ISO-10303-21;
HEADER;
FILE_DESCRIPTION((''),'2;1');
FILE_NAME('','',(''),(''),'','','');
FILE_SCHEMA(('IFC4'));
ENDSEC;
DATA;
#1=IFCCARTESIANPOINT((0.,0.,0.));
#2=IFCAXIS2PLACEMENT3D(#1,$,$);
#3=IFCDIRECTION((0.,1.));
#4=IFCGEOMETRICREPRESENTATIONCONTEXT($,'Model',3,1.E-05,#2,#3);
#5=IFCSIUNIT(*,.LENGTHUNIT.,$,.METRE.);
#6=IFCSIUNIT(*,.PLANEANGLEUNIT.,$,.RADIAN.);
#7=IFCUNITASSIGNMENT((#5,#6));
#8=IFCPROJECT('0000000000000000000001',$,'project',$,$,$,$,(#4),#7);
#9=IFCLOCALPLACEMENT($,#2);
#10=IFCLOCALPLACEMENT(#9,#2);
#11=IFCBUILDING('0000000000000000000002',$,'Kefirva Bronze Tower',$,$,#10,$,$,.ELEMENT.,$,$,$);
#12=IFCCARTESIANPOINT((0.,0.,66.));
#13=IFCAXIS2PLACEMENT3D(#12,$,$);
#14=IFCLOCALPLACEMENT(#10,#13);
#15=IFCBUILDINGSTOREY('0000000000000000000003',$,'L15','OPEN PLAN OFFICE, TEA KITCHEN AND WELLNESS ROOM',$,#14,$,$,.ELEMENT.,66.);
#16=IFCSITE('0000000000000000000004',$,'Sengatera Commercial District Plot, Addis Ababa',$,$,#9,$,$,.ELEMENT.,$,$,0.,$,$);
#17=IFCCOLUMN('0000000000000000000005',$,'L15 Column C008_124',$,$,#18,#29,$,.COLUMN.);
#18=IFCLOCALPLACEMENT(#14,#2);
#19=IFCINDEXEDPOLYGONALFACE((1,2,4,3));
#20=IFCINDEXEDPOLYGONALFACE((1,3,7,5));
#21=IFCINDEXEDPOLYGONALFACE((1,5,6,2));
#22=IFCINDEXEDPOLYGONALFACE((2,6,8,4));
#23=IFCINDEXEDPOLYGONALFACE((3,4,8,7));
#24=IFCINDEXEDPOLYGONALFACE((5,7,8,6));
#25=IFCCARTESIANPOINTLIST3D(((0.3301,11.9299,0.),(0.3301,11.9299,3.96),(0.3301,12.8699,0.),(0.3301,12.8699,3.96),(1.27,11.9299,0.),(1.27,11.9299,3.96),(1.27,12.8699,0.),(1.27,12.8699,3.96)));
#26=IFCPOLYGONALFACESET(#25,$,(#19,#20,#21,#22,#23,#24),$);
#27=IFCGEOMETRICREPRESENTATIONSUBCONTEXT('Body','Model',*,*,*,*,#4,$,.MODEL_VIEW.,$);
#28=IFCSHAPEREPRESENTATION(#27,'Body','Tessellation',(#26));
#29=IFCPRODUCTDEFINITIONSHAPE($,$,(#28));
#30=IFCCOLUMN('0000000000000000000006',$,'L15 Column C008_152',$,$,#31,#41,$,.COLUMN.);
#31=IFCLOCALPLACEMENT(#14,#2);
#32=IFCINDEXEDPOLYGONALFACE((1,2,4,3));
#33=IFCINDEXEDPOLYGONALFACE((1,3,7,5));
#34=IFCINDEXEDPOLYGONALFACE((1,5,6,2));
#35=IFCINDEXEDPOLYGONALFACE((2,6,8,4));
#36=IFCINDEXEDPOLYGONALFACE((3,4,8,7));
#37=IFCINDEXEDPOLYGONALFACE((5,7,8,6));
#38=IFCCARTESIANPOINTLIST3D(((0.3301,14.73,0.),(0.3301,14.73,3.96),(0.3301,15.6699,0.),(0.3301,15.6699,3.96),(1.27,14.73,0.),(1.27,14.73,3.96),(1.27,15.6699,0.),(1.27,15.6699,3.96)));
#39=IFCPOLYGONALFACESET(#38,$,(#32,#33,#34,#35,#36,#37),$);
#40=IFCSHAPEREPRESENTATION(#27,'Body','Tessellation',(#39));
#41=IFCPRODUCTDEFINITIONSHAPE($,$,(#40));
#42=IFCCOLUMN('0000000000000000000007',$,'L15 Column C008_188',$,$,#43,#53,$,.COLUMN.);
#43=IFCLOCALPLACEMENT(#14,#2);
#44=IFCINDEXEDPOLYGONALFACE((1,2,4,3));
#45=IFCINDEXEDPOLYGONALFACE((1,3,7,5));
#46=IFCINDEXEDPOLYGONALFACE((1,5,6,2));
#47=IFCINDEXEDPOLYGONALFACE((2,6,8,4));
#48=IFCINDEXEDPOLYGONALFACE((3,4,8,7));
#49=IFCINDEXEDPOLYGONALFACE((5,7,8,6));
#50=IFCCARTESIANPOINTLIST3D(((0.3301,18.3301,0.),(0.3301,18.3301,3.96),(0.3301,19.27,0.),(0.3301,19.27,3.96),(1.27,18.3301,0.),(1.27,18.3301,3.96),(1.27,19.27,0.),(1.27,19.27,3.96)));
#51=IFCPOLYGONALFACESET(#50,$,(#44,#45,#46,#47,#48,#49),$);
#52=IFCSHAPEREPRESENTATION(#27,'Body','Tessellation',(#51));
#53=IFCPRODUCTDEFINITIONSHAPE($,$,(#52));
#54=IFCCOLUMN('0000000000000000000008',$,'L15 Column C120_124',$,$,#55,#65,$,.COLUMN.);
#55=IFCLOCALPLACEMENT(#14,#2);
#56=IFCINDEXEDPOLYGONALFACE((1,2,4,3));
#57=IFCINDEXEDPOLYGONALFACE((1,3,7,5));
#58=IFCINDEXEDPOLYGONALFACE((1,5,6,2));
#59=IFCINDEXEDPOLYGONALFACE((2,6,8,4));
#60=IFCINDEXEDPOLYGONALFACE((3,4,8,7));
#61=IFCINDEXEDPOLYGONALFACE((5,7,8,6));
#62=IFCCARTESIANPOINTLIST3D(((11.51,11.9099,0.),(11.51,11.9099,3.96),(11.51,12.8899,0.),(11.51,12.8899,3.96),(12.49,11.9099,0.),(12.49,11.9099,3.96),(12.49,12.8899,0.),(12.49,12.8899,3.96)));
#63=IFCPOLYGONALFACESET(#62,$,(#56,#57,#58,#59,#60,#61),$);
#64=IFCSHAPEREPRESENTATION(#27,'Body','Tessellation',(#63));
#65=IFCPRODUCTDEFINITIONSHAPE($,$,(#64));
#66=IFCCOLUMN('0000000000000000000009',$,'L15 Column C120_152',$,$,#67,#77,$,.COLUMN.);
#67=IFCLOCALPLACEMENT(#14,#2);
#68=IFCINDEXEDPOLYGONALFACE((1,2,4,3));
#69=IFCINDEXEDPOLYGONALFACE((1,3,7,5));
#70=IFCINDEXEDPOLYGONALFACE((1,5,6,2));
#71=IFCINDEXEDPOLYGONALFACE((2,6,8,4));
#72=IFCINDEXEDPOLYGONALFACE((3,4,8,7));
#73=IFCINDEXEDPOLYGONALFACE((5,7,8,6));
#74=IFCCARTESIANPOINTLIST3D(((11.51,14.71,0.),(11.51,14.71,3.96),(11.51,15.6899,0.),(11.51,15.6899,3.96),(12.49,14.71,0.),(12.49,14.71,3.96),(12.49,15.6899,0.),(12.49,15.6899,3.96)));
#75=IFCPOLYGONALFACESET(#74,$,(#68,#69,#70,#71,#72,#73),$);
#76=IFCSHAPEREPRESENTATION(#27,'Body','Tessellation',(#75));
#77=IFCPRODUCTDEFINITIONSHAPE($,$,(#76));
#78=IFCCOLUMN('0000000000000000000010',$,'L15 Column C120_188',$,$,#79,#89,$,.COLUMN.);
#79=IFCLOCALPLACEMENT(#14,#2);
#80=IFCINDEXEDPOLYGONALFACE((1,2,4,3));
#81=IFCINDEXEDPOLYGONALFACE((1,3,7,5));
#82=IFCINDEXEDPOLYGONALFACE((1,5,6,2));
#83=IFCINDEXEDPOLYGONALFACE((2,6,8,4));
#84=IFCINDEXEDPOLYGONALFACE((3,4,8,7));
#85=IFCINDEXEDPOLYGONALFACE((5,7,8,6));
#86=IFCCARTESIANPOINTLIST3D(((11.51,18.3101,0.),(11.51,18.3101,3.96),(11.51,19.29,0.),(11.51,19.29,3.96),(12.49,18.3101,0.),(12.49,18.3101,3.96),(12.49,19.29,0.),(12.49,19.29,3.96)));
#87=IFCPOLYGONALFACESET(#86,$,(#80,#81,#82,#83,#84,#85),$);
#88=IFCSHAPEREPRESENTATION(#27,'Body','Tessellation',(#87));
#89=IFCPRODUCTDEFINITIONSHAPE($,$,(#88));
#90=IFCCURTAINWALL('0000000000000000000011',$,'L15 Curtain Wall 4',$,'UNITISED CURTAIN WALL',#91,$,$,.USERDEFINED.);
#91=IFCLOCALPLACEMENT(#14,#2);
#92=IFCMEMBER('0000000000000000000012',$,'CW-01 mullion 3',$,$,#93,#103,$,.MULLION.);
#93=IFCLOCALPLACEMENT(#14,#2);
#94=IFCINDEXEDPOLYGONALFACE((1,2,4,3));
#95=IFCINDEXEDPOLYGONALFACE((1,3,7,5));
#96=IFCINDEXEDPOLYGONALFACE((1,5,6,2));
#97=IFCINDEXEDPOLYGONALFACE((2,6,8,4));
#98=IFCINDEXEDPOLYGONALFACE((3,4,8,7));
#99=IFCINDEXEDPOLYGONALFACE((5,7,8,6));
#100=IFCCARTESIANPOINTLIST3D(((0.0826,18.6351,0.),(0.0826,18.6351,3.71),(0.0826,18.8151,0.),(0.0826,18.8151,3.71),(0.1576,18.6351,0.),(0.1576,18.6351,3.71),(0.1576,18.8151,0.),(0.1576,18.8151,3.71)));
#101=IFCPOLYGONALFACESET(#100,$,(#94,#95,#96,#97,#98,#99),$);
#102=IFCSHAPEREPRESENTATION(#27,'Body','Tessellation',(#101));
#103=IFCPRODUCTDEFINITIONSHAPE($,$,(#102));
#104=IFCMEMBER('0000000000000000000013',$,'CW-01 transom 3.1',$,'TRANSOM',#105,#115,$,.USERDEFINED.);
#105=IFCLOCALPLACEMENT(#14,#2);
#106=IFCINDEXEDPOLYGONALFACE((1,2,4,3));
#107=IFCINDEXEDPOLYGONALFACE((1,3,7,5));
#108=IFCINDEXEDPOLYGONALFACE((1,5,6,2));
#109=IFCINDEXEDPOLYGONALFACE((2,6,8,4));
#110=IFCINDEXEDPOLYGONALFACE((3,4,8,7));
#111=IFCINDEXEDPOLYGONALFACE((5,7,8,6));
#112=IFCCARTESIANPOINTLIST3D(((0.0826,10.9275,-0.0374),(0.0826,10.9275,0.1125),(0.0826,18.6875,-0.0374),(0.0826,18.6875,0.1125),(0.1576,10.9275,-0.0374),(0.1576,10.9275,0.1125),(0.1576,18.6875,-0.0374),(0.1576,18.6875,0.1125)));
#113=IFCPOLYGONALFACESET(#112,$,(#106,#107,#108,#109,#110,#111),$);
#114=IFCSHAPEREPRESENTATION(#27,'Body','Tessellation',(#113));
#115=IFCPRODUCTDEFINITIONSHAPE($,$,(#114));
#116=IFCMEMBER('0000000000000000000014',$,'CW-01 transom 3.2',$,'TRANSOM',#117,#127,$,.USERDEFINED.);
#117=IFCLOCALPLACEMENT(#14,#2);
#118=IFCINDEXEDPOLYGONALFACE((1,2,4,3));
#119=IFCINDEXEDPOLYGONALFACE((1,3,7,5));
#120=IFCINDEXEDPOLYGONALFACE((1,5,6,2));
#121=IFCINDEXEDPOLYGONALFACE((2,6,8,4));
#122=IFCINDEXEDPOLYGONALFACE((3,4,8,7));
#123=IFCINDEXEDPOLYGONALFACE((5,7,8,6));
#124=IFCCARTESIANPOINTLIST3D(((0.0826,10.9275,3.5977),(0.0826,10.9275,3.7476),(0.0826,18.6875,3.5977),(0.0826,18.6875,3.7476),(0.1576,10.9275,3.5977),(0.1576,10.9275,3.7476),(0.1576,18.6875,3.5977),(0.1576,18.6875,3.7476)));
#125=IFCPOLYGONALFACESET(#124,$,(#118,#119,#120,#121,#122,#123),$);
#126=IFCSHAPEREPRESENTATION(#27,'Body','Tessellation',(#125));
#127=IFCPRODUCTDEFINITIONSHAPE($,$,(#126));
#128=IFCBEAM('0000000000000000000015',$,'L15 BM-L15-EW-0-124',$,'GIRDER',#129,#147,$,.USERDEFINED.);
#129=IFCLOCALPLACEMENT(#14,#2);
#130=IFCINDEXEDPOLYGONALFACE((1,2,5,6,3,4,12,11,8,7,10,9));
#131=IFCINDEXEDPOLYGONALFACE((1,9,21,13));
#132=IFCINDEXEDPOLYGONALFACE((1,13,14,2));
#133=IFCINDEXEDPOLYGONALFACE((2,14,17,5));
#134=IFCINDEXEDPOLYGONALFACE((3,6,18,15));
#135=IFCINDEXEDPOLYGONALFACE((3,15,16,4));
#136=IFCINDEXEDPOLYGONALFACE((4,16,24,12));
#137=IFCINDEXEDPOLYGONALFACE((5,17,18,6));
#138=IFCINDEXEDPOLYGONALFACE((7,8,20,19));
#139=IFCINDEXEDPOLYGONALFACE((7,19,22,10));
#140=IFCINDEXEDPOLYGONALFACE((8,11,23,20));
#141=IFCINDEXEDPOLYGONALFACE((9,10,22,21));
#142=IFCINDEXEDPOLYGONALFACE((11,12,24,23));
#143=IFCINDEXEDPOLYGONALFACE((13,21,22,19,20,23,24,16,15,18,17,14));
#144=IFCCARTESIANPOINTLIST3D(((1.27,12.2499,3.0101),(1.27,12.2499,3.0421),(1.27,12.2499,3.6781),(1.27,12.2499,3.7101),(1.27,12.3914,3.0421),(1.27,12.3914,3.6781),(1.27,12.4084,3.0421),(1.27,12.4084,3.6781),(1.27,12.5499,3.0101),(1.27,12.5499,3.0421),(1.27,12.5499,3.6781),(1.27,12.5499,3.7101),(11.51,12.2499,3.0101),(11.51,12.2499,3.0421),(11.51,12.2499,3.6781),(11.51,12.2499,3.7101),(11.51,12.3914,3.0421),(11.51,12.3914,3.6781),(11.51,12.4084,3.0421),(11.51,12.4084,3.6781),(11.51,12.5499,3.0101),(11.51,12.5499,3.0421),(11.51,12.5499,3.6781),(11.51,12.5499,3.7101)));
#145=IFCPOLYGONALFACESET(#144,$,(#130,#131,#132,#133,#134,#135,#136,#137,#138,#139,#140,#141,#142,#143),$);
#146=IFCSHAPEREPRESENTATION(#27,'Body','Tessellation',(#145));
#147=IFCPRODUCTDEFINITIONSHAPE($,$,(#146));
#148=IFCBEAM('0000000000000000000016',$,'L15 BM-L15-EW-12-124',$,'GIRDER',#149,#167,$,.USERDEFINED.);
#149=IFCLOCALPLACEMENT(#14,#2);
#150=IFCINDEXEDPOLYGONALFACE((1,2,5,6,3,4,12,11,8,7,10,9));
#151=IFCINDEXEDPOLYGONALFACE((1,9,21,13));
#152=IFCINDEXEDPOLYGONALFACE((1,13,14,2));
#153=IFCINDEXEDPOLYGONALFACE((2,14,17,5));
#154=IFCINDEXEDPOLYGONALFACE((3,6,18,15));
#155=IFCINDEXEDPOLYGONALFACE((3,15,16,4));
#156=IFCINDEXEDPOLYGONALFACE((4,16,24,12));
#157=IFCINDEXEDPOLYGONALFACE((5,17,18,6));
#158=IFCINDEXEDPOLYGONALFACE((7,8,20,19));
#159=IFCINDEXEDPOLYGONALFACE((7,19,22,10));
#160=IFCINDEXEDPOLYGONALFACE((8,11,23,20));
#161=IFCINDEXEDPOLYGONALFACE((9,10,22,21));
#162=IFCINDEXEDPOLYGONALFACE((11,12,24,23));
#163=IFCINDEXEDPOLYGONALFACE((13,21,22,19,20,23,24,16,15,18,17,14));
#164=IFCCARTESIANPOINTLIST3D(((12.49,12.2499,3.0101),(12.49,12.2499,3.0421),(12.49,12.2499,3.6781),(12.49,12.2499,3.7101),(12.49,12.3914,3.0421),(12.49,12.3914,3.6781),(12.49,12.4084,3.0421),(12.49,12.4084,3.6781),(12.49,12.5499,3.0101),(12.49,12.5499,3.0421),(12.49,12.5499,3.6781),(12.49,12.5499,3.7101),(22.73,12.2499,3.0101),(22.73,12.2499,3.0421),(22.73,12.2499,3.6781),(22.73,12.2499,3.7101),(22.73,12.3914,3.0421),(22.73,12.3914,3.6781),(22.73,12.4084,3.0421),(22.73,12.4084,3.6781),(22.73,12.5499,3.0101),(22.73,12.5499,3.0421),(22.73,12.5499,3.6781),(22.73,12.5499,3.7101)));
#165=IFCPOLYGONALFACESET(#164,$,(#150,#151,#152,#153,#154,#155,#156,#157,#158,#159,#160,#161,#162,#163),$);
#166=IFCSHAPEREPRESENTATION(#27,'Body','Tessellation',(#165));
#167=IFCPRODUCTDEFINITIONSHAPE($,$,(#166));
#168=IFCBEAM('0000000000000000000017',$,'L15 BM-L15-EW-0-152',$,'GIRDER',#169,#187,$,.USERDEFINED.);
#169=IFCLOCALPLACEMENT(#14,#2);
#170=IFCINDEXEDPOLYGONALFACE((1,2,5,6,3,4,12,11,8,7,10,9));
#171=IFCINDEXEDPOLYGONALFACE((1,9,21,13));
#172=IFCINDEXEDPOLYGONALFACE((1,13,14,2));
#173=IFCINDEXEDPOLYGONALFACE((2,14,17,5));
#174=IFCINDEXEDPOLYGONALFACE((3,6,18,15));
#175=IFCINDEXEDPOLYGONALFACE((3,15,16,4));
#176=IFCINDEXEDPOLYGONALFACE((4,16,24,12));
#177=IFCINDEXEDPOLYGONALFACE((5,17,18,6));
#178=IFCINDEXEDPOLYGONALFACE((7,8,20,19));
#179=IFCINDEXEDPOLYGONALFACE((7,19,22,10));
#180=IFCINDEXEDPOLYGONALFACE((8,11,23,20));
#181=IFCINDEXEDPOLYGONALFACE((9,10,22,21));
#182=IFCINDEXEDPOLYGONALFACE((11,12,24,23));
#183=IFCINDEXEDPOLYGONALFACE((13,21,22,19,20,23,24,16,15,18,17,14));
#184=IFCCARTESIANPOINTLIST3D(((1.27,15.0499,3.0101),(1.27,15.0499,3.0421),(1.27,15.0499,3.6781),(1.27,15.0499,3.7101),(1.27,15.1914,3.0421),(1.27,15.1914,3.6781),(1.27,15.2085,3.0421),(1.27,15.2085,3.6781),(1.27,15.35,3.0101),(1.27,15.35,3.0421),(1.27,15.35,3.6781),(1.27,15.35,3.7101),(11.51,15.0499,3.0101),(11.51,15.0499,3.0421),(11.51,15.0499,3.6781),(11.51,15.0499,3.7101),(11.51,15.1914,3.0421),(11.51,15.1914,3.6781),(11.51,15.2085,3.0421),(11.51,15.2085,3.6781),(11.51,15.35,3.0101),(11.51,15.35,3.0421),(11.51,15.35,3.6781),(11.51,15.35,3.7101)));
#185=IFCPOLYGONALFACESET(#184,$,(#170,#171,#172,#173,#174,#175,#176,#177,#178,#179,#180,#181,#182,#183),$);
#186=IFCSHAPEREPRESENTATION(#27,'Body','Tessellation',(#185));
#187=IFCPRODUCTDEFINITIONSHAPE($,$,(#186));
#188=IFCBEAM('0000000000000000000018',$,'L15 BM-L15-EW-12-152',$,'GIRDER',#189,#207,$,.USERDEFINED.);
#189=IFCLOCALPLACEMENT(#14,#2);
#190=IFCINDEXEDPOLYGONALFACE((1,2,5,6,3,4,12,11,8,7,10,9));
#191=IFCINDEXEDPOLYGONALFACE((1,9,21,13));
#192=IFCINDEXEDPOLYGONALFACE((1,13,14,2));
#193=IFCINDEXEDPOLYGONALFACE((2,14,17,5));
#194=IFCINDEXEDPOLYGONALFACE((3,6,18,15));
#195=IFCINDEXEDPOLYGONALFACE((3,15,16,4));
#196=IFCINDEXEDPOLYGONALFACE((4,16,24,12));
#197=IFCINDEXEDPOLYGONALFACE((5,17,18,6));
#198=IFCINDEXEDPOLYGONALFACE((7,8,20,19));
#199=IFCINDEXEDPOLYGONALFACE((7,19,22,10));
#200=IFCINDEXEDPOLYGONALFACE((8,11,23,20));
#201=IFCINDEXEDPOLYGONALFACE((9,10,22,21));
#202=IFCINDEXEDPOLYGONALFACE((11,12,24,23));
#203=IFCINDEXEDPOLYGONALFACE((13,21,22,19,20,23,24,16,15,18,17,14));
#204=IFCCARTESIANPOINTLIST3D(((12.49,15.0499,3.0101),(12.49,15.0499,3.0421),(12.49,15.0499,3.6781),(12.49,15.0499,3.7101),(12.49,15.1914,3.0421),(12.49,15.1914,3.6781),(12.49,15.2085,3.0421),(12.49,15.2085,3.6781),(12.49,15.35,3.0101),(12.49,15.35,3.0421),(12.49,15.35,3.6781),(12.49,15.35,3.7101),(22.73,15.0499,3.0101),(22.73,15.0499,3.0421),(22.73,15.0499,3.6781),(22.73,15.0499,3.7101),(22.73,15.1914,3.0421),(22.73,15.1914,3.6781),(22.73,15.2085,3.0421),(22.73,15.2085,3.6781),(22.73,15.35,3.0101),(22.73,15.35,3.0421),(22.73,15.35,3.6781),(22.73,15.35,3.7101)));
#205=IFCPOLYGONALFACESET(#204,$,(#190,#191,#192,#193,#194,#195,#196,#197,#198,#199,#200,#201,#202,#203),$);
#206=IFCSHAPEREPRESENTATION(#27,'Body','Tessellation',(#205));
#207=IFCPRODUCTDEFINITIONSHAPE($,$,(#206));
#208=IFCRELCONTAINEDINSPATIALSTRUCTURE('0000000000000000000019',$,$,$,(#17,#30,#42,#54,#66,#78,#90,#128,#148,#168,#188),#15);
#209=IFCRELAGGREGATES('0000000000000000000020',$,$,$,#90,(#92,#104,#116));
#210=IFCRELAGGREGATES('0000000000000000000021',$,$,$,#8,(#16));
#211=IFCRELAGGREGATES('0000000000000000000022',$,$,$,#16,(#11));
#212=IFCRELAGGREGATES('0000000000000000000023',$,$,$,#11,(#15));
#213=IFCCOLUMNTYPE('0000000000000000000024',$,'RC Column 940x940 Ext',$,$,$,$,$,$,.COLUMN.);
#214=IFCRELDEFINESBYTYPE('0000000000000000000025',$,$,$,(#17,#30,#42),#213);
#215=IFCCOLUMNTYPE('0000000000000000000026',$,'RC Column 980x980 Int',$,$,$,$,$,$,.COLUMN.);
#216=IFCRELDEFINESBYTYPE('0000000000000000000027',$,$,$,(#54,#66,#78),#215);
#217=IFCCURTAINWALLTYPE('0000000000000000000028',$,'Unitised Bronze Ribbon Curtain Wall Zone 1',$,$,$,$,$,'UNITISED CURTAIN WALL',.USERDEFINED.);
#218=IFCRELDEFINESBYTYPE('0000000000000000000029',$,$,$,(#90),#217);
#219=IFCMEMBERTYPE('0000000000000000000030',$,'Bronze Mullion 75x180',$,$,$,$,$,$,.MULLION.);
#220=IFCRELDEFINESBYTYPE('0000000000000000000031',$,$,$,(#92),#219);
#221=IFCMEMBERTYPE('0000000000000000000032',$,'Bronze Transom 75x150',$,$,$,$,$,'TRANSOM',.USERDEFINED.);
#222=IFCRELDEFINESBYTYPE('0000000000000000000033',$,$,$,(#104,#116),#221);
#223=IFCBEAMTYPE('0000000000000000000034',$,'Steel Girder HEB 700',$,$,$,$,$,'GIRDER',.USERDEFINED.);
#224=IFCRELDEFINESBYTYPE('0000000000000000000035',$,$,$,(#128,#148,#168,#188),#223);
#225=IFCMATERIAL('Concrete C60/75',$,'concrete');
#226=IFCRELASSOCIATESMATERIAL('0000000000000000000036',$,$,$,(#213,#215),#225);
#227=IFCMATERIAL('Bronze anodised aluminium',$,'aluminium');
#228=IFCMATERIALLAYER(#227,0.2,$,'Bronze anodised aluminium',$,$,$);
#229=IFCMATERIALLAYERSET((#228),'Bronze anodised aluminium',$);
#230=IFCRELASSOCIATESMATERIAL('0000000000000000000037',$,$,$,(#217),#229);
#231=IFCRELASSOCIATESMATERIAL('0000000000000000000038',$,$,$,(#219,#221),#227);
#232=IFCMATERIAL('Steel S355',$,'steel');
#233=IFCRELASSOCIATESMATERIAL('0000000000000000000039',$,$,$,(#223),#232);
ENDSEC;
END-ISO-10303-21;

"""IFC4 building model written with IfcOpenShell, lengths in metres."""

from ifc_helpers import new_model, si_unit, direction, frame, origin, origin_2d, place, context, subcontext, project, spatial, rectangle, i_section, extrude, material, layer, layer_set, material_profile, profile_set, type_object, element, aggregate, save


model = new_model("IFC4")

# Units and contexts
model_context = context("Model", 3, precision=1e-05, world=origin(), true_north=direction((0.0, 1.0)))
body_context = subcontext(model_context, "Body", "Model", "MODEL_VIEW")
ifc_project = project(units=[si_unit("LENGTHUNIT", "METRE"), si_unit("PLANEANGLEUNIT", "RADIAN")], contexts=[model_context])

# Site, building, storey
site_placement = place(None, origin())
site = spatial("IfcSite", under=ifc_project, at=site_placement, Name="Sengatera Commercial District Plot, Addis Ababa", CompositionType="ELEMENT", RefElevation=0.0)
building_placement = place(site_placement, origin())
building = spatial("IfcBuilding", under=site, at=building_placement, Name="Kefirva Bronze Tower", CompositionType="ELEMENT")
storey_placement = place(building_placement, frame((0.0, 0.0, 66.0)))
storey = spatial("IfcBuildingStorey", under=building, at=storey_placement, Name="L15", Description="OPEN PLAN OFFICE, TEA KITCHEN AND WELLNESS ROOM", CompositionType="ELEMENT", Elevation=66.0)

# Columns
ifc_material_1 = material(Name="Concrete C60/75", Category="concrete")
ifc_material_profile_1 = material_profile(ifc_material_1, rectangle(XDim=0.9399, YDim=0.9399, at=origin_2d()), Name="RC 940x940")
ifc_profile_set_1 = profile_set([ifc_material_profile_1], Name="Concrete C60/75")
column_type_1 = type_object("IfcColumnType", Name="RC Column 940x940 Ext", PredefinedType="COLUMN", material=ifc_profile_set_1)
for number, where, z_axis, x_axis, name in (
    (1, (0.8, 12.3999, 0.0), (0.0, 0.0, 1.0), (1.0, 0.0, 0.0), "L15 Column C008_124"),
    (2, (0.8, 15.2, 0.0), (0.0, 0.0, 1.0), (1.0, 0.0, 0.0), "L15 Column C008_152"),
    (3, (0.8, 18.8, 0.0), (0.0, 0.0, 1.0), (1.0, 0.0, 0.0), "L15 Column C008_188"),
):
    element("IfcColumn", number, at=place(storey_placement, frame(where, z_axis=z_axis, x_axis=x_axis)), inside=storey, type_object=column_type_1, Name=name, PredefinedType="COLUMN", context=body_context, shape_type="SweptSolid", body=[
        extrude(rectangle(XDim=0.9399, YDim=0.9399, at=origin_2d()), origin(), (0.0, 0.0, 1.0), 3.96),
    ])
ifc_material_profile_2 = material_profile(ifc_material_1, rectangle(XDim=0.98, YDim=0.98, at=origin_2d()), Name="RC 980x980")
ifc_profile_set_2 = profile_set([ifc_material_profile_2], Name="Concrete C60/75")
column_type_2 = type_object("IfcColumnType", Name="RC Column 980x980 Int", PredefinedType="COLUMN", material=ifc_profile_set_2)
for number, where, z_axis, x_axis, name in (
    (4, (12.0, 12.3999, 0.0), (0.0, 0.0, 1.0), (1.0, 0.0, 0.0), "L15 Column C120_124"),
    (5, (12.0, 15.2, 0.0), (0.0, 0.0, 1.0), (1.0, 0.0, 0.0), "L15 Column C120_152"),
    (6, (12.0, 18.8, 0.0), (0.0, 0.0, 1.0), (1.0, 0.0, 0.0), "L15 Column C120_188"),
):
    element("IfcColumn", number, at=place(storey_placement, frame(where, z_axis=z_axis, x_axis=x_axis)), inside=storey, type_object=column_type_2, Name=name, PredefinedType="COLUMN", context=body_context, shape_type="SweptSolid", body=[
        extrude(rectangle(XDim=0.98, YDim=0.98, at=origin_2d()), origin(), (0.0, 0.0, 1.0), 3.96),
    ])

# Curtain wall, members
ifc_material_2 = material(Name="Bronze anodised aluminium", Category="aluminium")
ifc_layer_1 = layer(ifc_material_2, 0.2, Name="Bronze anodised aluminium")
ifc_layer_set_1 = layer_set([ifc_layer_1], Name="Bronze anodised aluminium")
curtain_wall_type = type_object("IfcCurtainWallType", Name="Unitised Bronze Ribbon Curtain Wall Zone 1", ElementType="UNITISED CURTAIN WALL", PredefinedType="USERDEFINED", material=ifc_layer_set_1)
curtain_wall_placement = place(storey_placement, origin())
curtain_wall = element("IfcCurtainWall", 7, at=curtain_wall_placement, inside=storey, type_object=curtain_wall_type, Name="L15 Curtain Wall 4", ObjectType="UNITISED CURTAIN WALL", PredefinedType="USERDEFINED")
ifc_material_profile_3 = material_profile(ifc_material_2, rectangle(XDim=0.075, YDim=0.1799, at=origin_2d()), Name="ALU 75x180")
ifc_profile_set_3 = profile_set([ifc_material_profile_3], Name="Bronze anodised aluminium")
member_type_1 = type_object("IfcMemberType", Name="Bronze Mullion 75x180", PredefinedType="MULLION", material=ifc_profile_set_3)
member_1_placement = place(storey_placement, frame((0.1201, 18.7251, 0.0), z_axis=(0.0, 0.0, 1.0), x_axis=(1.0, 0.0, 0.0)))
member_1 = element("IfcMember", 8, at=member_1_placement, type_object=member_type_1, Name="CW-01 mullion 3", PredefinedType="MULLION", context=body_context, shape_type="SweptSolid", body=[
    extrude(rectangle(XDim=0.075, YDim=0.1799, at=origin_2d()), origin(), (0.0, 0.0, 1.0), 3.71),
])
ifc_material_profile_4 = material_profile(ifc_material_2, rectangle(XDim=0.075, YDim=0.1499, at=origin_2d()), Name="ALU 75x150")
ifc_profile_set_4 = profile_set([ifc_material_profile_4], Name="Bronze anodised aluminium")
member_type_2 = type_object("IfcMemberType", Name="Bronze Transom 75x150", ElementType="TRANSOM", PredefinedType="USERDEFINED", material=ifc_profile_set_4)
member_2_placement = place(storey_placement, frame((0.1201, 18.6875, 0.0376), z_axis=(0.0, -1.0, 0.0), x_axis=(1.0, 0.0, 0.0)))
member_2 = element("IfcMember", 9, at=member_2_placement, type_object=member_type_2, Name="CW-01 transom 3.1", ObjectType="TRANSOM", PredefinedType="USERDEFINED", context=body_context, shape_type="SweptSolid", body=[
    extrude(rectangle(XDim=0.075, YDim=0.1499, at=origin_2d()), origin(), (0.0, 0.0, 1.0), 7.76),
])
member_3_placement = place(storey_placement, frame((0.1201, 18.6875, 3.6726), z_axis=(0.0, -1.0, 0.0), x_axis=(1.0, 0.0, 0.0)))
member_3 = element("IfcMember", 10, at=member_3_placement, type_object=member_type_2, Name="CW-01 transom 3.2", ObjectType="TRANSOM", PredefinedType="USERDEFINED", context=body_context, shape_type="SweptSolid", body=[
    extrude(rectangle(XDim=0.075, YDim=0.1499, at=origin_2d()), origin(), (0.0, 0.0, 1.0), 7.76),
])

# Beams
ifc_material_3 = material(Name="Steel S355", Category="steel")
ifc_material_profile_5 = material_profile(ifc_material_3, i_section(OverallWidth=0.3, OverallDepth=0.7, WebThickness=0.0171, FlangeThickness=0.032, at=origin_2d()), Name="HEB 700")
ifc_profile_set_5 = profile_set([ifc_material_profile_5], Name="Steel S355")
beam_type_1 = type_object("IfcBeamType", Name="Steel Girder HEB 700", ElementType="GIRDER", PredefinedType="USERDEFINED", material=ifc_profile_set_5)
for number, where, z_axis, x_axis, name in (
    (11, (1.27, 12.3999, 3.3601), (1.0, 0.0, 0.0), (0.0, 1.0, 0.0), "L15 BM-L15-EW-0-124"),
    (12, (12.49, 12.3999, 3.3601), (1.0, 0.0, 0.0), (0.0, 1.0, 0.0), "L15 BM-L15-EW-12-124"),
    (13, (1.27, 15.2, 3.3601), (1.0, 0.0, 0.0), (0.0, 1.0, 0.0), "L15 BM-L15-EW-0-152"),
    (14, (12.49, 15.2, 3.3601), (1.0, 0.0, 0.0), (0.0, 1.0, 0.0), "L15 BM-L15-EW-12-152"),
):
    element("IfcBeam", number, at=place(storey_placement, frame(where, z_axis=z_axis, x_axis=x_axis)), inside=storey, type_object=beam_type_1, Name=name, ObjectType="GIRDER", PredefinedType="USERDEFINED", context=body_context, shape_type="SweptSolid", body=[
        extrude(i_section(OverallWidth=0.3, OverallDepth=0.7, WebThickness=0.0171, FlangeThickness=0.032, at=origin_2d()), origin(), (0.0, 0.0, 1.0), 10.24),
    ])

aggregate(curtain_wall, [member_1, member_2, member_3])

save(model, "model.ifc")
